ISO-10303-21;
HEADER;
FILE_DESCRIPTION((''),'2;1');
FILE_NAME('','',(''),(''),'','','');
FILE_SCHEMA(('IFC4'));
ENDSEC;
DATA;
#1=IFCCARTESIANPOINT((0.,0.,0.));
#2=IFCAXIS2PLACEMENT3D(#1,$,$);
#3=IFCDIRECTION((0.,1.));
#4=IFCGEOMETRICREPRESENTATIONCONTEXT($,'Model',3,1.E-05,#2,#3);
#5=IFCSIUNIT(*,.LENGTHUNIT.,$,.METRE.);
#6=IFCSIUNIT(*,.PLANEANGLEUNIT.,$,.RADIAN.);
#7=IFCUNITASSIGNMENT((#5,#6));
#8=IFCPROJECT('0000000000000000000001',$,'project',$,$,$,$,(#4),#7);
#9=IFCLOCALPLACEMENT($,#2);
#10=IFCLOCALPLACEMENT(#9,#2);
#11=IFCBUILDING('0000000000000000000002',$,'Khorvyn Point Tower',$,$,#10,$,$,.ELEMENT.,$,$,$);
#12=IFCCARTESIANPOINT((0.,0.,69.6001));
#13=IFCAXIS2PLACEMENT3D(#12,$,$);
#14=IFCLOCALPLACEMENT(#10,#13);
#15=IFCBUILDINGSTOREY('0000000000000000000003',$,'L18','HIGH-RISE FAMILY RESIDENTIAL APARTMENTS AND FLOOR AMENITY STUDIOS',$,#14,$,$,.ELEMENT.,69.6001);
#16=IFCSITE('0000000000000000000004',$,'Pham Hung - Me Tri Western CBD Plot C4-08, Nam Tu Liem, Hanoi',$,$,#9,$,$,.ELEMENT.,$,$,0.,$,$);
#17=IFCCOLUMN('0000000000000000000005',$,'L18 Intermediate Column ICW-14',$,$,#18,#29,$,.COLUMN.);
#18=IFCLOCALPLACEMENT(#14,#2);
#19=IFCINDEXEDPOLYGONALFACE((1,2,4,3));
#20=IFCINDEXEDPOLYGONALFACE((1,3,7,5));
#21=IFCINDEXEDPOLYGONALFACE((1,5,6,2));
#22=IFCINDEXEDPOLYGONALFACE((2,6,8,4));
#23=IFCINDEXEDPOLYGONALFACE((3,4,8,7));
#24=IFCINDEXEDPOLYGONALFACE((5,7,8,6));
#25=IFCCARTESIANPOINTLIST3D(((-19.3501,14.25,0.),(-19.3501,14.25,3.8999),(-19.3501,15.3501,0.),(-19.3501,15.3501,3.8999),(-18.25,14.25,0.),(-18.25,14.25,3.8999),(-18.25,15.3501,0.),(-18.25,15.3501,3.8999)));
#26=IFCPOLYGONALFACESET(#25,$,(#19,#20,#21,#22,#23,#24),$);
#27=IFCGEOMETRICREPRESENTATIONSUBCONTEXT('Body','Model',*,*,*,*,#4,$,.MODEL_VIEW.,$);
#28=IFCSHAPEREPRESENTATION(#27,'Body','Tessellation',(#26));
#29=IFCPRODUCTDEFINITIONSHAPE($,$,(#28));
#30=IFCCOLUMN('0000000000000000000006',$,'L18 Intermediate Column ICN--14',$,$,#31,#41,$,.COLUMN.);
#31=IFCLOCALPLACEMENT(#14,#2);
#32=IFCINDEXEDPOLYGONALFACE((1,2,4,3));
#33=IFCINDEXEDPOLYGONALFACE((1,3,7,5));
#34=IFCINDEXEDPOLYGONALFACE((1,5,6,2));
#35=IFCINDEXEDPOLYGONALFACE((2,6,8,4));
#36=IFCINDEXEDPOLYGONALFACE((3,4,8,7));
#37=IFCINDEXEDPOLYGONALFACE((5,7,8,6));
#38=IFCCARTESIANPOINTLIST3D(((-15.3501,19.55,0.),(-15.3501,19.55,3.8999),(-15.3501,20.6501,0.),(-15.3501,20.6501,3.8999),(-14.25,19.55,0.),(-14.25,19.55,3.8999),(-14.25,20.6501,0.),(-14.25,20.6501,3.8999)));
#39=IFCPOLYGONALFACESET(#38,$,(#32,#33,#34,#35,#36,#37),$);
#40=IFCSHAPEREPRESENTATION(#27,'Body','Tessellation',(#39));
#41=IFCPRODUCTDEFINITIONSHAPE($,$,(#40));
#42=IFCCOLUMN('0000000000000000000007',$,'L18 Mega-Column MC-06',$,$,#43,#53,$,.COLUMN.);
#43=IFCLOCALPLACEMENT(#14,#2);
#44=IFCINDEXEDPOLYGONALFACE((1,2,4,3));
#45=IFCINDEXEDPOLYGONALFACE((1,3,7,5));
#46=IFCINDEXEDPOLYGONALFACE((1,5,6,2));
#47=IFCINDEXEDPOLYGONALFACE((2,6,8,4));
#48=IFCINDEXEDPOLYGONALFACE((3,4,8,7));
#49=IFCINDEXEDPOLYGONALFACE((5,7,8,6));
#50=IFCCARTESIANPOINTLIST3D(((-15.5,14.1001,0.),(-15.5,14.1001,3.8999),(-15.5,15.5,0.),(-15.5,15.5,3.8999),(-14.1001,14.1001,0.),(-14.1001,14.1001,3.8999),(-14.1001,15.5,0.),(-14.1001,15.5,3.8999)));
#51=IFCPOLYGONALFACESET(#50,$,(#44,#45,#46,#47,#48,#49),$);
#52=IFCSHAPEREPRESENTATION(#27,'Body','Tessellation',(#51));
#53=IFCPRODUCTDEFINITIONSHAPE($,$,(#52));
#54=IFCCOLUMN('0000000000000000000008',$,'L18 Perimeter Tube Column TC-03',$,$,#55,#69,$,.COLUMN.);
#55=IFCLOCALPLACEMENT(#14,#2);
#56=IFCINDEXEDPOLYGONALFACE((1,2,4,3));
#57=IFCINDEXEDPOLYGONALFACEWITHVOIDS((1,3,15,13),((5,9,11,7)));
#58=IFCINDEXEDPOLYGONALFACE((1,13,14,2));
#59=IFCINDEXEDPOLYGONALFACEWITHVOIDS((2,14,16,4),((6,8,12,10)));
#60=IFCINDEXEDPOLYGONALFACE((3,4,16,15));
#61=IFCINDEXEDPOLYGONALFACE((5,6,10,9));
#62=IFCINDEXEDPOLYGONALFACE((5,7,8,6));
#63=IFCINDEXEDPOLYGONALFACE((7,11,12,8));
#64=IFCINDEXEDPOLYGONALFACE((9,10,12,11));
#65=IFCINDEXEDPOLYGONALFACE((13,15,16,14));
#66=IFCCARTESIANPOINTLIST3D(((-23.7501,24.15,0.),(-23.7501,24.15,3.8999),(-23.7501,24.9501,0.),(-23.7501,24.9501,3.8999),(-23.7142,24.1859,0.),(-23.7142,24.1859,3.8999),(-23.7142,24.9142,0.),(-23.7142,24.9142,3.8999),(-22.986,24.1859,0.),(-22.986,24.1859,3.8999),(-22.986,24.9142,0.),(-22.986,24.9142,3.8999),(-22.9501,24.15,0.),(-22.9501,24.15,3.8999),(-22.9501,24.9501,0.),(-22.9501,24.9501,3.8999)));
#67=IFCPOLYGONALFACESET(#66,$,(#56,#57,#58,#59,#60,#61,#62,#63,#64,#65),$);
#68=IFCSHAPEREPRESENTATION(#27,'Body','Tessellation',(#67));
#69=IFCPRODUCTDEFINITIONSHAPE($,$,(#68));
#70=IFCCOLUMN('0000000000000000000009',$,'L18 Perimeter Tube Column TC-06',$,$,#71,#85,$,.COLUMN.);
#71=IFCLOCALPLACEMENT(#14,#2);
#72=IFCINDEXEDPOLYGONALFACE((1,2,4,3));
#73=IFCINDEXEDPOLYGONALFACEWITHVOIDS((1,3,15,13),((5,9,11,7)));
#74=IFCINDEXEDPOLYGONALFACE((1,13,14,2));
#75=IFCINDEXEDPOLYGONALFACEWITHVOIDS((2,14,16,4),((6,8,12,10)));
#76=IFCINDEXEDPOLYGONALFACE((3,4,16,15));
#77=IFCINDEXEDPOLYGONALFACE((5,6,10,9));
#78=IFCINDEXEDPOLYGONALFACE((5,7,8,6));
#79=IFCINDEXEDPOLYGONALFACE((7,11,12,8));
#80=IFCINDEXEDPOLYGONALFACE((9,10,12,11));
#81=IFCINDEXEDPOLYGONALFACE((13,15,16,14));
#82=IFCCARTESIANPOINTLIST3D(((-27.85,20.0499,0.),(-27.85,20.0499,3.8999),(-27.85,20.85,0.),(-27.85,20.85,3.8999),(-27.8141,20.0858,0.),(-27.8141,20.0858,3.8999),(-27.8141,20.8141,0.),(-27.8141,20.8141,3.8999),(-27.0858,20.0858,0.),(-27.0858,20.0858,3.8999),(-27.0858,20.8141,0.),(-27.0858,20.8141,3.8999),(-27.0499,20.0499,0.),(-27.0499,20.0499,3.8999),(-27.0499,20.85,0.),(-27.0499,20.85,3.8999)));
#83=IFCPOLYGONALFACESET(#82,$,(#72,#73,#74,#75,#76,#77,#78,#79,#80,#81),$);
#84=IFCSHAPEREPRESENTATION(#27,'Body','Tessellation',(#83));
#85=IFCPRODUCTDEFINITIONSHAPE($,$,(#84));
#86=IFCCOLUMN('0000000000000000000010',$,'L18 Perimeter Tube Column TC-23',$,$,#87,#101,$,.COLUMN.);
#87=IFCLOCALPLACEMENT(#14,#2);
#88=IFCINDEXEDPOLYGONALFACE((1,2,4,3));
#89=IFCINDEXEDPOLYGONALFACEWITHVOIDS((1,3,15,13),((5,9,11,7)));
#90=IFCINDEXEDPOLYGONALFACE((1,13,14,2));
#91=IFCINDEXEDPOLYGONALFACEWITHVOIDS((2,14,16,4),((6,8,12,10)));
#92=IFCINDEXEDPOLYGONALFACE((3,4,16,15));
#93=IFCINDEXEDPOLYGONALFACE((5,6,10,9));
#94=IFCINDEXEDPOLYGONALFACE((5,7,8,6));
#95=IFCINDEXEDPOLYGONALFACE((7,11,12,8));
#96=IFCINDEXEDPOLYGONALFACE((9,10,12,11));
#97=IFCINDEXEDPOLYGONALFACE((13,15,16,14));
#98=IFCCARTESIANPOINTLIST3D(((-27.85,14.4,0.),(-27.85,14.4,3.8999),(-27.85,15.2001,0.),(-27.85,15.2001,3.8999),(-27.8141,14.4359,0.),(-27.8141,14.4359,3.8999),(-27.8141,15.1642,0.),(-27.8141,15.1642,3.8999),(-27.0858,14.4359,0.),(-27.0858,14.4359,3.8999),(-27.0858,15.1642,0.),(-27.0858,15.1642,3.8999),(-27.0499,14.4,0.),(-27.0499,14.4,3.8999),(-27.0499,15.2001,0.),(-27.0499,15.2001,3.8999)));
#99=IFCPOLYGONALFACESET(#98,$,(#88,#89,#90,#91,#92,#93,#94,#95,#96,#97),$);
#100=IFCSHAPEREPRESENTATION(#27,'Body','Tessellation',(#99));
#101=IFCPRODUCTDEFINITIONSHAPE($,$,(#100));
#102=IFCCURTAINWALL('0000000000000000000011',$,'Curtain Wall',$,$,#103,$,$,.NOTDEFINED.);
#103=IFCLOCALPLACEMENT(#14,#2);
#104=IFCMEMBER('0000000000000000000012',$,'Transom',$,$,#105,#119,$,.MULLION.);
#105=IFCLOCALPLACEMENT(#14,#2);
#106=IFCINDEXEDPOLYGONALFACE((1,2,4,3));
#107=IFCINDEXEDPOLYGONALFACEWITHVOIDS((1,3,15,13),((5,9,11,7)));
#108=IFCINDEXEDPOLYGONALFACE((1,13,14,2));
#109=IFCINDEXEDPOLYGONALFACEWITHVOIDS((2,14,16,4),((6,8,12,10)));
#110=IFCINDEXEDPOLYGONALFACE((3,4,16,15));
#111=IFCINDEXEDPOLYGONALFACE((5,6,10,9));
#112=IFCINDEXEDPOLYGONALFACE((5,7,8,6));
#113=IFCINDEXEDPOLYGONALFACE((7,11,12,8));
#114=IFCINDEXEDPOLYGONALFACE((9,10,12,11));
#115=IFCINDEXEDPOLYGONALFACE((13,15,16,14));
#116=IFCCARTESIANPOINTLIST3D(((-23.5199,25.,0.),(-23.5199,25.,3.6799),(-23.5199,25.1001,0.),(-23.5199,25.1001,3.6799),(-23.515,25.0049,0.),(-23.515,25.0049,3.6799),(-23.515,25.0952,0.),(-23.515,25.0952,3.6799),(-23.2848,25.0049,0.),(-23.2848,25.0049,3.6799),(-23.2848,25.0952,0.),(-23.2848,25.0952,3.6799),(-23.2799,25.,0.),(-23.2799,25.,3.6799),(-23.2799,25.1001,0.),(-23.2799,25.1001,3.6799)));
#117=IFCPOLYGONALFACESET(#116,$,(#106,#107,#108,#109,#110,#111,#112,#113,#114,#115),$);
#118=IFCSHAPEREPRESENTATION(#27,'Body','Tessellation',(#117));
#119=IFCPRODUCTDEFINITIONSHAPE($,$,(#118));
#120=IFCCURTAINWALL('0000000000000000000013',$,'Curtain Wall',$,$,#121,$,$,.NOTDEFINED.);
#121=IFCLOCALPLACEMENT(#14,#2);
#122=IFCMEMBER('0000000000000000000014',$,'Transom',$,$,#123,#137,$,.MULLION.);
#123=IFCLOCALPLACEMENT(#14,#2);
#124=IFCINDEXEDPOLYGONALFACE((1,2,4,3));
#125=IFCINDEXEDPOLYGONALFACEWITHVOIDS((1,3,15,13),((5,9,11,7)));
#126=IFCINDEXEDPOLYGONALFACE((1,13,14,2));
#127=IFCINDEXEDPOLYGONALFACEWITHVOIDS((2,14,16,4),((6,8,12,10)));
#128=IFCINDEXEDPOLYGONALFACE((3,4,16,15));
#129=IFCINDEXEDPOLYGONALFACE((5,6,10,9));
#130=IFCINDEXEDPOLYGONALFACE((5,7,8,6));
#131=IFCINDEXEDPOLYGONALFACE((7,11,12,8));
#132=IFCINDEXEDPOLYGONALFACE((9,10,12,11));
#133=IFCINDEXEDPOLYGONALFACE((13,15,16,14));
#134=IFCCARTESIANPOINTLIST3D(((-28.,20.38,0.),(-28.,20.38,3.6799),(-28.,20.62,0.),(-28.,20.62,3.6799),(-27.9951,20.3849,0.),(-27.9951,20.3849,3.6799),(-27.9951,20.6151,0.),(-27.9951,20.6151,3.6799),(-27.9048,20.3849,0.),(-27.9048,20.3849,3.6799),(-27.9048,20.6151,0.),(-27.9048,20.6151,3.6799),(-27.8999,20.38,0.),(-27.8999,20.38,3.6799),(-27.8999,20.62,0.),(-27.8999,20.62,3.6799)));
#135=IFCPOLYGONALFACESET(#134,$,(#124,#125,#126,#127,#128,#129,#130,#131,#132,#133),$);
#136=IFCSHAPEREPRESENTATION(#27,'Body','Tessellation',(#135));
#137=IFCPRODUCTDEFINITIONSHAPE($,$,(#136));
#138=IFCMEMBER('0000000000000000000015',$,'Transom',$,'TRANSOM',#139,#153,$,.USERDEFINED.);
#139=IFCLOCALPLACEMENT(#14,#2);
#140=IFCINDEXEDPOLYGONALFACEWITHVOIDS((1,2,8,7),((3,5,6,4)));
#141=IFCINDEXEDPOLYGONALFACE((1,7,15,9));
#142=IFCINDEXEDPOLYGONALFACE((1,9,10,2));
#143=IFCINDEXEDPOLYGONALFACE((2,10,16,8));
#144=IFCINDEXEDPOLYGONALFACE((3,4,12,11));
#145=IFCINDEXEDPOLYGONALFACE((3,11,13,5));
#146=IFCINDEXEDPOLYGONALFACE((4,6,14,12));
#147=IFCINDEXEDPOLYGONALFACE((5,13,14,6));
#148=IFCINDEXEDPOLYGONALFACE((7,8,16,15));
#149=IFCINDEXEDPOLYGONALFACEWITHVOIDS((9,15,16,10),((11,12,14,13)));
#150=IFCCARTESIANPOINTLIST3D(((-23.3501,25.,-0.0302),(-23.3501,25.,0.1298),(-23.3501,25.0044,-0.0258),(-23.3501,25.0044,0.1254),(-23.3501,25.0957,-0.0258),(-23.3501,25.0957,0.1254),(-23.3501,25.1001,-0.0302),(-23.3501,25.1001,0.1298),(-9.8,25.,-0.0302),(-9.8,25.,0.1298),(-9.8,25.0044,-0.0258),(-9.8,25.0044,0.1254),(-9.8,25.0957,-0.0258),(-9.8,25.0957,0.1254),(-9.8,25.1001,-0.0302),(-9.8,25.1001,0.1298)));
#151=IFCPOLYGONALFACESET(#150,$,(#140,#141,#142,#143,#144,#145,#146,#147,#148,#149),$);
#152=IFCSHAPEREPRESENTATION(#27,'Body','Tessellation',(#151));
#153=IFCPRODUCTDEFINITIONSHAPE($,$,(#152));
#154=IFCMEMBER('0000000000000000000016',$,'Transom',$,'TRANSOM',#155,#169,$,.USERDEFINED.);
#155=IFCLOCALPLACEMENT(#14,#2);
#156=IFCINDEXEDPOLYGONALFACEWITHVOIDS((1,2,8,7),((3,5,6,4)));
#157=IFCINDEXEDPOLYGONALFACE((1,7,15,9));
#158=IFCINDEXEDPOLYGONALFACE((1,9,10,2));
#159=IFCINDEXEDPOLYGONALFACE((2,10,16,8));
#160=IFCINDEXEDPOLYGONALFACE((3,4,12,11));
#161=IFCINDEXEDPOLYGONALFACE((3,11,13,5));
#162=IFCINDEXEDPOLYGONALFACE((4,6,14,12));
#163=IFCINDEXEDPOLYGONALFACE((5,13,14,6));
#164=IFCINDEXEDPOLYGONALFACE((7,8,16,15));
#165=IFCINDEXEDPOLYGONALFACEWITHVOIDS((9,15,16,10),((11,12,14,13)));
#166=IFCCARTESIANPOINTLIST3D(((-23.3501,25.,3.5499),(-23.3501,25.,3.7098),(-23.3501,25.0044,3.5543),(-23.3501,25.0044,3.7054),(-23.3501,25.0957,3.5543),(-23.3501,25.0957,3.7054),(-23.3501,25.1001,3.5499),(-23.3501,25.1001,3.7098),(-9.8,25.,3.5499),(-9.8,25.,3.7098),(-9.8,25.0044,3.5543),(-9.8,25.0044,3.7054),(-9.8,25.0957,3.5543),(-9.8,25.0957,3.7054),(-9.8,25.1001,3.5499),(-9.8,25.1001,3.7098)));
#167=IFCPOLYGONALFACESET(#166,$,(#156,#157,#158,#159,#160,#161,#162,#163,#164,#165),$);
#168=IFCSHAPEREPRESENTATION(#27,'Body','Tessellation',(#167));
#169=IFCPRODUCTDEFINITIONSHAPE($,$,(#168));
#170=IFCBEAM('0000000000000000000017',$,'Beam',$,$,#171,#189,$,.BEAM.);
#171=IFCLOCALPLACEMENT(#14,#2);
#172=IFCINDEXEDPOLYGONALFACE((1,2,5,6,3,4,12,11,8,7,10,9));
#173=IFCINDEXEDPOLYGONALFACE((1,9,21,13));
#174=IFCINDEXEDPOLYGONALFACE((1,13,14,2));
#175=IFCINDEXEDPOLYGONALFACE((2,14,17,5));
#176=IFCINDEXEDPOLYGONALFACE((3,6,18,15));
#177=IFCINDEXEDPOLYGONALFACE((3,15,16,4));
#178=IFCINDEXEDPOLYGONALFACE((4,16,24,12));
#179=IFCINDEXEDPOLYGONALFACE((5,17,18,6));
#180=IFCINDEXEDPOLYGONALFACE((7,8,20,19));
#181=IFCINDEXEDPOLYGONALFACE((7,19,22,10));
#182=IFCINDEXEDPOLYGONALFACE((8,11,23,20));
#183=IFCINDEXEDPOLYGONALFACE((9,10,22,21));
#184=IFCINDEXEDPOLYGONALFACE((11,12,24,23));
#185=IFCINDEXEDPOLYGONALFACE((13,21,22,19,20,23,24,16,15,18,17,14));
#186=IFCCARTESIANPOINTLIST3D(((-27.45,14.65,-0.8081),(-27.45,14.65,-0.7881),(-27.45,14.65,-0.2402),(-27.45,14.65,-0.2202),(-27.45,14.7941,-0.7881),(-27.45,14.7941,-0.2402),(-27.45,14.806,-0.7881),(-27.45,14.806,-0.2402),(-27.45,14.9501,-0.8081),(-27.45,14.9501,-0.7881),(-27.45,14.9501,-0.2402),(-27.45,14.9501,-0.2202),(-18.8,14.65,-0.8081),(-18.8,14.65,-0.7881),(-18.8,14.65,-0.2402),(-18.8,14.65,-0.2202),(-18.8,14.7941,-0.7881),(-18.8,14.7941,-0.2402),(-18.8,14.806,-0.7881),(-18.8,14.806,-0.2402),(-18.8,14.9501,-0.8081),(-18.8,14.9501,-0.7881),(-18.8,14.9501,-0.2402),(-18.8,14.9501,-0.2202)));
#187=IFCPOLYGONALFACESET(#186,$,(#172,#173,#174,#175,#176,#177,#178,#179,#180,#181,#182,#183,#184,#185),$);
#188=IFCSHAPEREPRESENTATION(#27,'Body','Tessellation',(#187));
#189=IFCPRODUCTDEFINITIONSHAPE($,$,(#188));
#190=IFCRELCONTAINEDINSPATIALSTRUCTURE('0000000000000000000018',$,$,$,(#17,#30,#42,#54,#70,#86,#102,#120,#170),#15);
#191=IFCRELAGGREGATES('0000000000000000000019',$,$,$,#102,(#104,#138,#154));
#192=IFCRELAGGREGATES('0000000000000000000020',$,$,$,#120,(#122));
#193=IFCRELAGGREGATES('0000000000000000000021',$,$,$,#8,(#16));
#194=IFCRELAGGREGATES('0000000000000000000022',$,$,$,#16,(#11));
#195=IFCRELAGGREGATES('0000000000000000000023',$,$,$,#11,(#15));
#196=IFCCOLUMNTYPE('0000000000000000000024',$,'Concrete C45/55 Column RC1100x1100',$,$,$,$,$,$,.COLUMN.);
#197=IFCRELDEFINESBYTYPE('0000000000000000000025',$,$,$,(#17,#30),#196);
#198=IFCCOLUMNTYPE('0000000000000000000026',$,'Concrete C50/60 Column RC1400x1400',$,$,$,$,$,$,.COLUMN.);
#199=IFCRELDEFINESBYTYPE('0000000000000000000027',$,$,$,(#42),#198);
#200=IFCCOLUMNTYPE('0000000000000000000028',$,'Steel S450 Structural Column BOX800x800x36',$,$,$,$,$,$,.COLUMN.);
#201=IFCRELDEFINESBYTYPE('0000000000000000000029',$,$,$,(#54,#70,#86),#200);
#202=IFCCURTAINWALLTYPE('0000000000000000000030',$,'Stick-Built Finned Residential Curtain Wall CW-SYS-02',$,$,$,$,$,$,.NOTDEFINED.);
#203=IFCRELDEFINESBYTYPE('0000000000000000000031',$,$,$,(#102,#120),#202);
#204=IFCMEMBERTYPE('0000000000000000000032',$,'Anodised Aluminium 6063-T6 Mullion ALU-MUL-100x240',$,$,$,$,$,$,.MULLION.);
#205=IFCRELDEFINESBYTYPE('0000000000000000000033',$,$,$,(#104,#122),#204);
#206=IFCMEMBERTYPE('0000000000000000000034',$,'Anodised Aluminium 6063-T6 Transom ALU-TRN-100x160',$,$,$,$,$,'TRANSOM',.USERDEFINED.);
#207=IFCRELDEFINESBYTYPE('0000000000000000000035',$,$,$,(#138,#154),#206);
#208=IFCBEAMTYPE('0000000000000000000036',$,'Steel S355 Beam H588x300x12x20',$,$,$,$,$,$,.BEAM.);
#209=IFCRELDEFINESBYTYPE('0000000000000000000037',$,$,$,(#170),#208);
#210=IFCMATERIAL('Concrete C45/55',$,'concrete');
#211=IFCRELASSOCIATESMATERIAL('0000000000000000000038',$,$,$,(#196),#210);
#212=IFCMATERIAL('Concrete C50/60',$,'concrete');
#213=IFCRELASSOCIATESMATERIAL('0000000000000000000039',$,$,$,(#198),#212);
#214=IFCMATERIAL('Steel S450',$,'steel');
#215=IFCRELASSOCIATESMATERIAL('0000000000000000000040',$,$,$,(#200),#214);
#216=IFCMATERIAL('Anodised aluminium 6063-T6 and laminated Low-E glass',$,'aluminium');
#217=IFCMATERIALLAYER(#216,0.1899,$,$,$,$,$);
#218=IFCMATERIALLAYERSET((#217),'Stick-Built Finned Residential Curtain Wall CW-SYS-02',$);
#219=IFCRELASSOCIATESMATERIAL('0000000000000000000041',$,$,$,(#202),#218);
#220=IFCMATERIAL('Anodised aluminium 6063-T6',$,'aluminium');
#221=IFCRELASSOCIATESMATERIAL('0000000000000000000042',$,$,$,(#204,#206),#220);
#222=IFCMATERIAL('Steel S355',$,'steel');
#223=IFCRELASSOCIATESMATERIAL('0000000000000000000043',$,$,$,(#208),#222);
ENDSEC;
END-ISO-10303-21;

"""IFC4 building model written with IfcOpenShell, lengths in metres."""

from ifc_helpers import new_model, si_unit, direction, frame, origin, origin_2d, place, context, subcontext, project, spatial, rectangle, hollow_rectangle, i_section, extrude, material, layer, layer_set, material_profile, profile_set, type_object, element, aggregate, save


model = new_model("IFC4")

# Units and contexts
model_context = context("Model", 3, precision=1e-05, world=origin(), true_north=direction((0.0, 1.0)))
body_context = subcontext(model_context, "Body", "Model", "MODEL_VIEW")
ifc_project = project(units=[si_unit("LENGTHUNIT", "METRE"), si_unit("PLANEANGLEUNIT", "RADIAN")], contexts=[model_context])

# Site, building, storey
site_placement = place(None, origin())
site = spatial("IfcSite", under=ifc_project, at=site_placement, Name="Pham Hung - Me Tri Western CBD Plot C4-08, Nam Tu Liem, Hanoi", CompositionType="ELEMENT", RefElevation=0.0)
building_placement = place(site_placement, origin())
building = spatial("IfcBuilding", under=site, at=building_placement, Name="Khorvyn Point Tower", CompositionType="ELEMENT")
storey_placement = place(building_placement, frame((0.0, 0.0, 69.6001)))
storey = spatial("IfcBuildingStorey", under=building, at=storey_placement, Name="L18", Description="HIGH-RISE FAMILY RESIDENTIAL APARTMENTS AND FLOOR AMENITY STUDIOS", CompositionType="ELEMENT", Elevation=69.6001)

# Columns
ifc_material_1 = material(Name="Concrete C45/55", Category="concrete")
ifc_material_profile_1 = material_profile(ifc_material_1, rectangle(XDim=1.1001, YDim=1.1001, at=origin_2d()))
ifc_profile_set_1 = profile_set([ifc_material_profile_1], Name="Concrete C45/55 RC1100x1100")
column_type_1 = type_object("IfcColumnType", Name="Concrete C45/55 Column RC1100x1100", PredefinedType="COLUMN", material=ifc_profile_set_1)
for number, where, z_axis, x_axis, name in (
    (1, (-18.8, 14.8, 0.0), (0.0, 0.0, 1.0), (1.0, 0.0, 0.0), "L18 Intermediate Column ICW-14"),
    (2, (-14.8, 20.1001, 0.0), (0.0, 0.0, 1.0), (1.0, 0.0, 0.0), "L18 Intermediate Column ICN--14"),
):
    element("IfcColumn", number, at=place(storey_placement, frame(where, z_axis=z_axis, x_axis=x_axis)), inside=storey, type_object=column_type_1, Name=name, PredefinedType="COLUMN", context=body_context, shape_type="SweptSolid", body=[
        extrude(rectangle(XDim=1.1001, YDim=1.1001, at=origin_2d()), origin(), (0.0, 0.0, 1.0), 3.8999),
    ])
ifc_material_2 = material(Name="Concrete C50/60", Category="concrete")
ifc_material_profile_2 = material_profile(ifc_material_2, rectangle(XDim=1.3999, YDim=1.3999, at=origin_2d()))
ifc_profile_set_2 = profile_set([ifc_material_profile_2], Name="Concrete C50/60 RC1400x1400")
column_type_2 = type_object("IfcColumnType", Name="Concrete C50/60 Column RC1400x1400", PredefinedType="COLUMN", material=ifc_profile_set_2)
column_placement = place(storey_placement, frame((-14.8, 14.8, 0.0), z_axis=(0.0, 0.0, 1.0), x_axis=(1.0, 0.0, 0.0)))
element("IfcColumn", 3, at=column_placement, inside=storey, type_object=column_type_2, Name="L18 Mega-Column MC-06", PredefinedType="COLUMN", context=body_context, shape_type="SweptSolid", body=[
    extrude(rectangle(XDim=1.3999, YDim=1.3999, at=origin_2d()), origin(), (0.0, 0.0, 1.0), 3.8999),
])
ifc_material_3 = material(Name="Steel S450", Category="steel")
ifc_material_profile_3 = material_profile(ifc_material_3, hollow_rectangle(XDim=0.8, YDim=0.8, WallThickness=0.0359, at=origin_2d()))
ifc_profile_set_3 = profile_set([ifc_material_profile_3], Name="Steel S450 BOX800x800x36")
column_type_3 = type_object("IfcColumnType", Name="Steel S450 Structural Column BOX800x800x36", PredefinedType="COLUMN", material=ifc_profile_set_3)
for number, where, z_axis, x_axis, name in (
    (4, (-23.3501, 24.55, 0.0), (0.0, 0.0, 1.0), (1.0, 0.0, 0.0), "L18 Perimeter Tube Column TC-03"),
    (5, (-27.45, 20.45, 0.0), (0.0, 0.0, 1.0), (1.0, 0.0, 0.0), "L18 Perimeter Tube Column TC-06"),
    (6, (-27.45, 14.8, 0.0), (0.0, 0.0, 1.0), (1.0, 0.0, 0.0), "L18 Perimeter Tube Column TC-23"),
):
    element("IfcColumn", number, at=place(storey_placement, frame(where, z_axis=z_axis, x_axis=x_axis)), inside=storey, type_object=column_type_3, Name=name, PredefinedType="COLUMN", context=body_context, shape_type="SweptSolid", body=[
        extrude(hollow_rectangle(XDim=0.8, YDim=0.8, WallThickness=0.0359, at=origin_2d()), origin(), (0.0, 0.0, 1.0), 3.8999),
    ])

# Curtain walls, members
ifc_material_4 = material(Name="Anodised aluminium 6063-T6 and laminated Low-E glass", Category="aluminium")
ifc_layer_1 = layer(ifc_material_4, 0.1899)
ifc_layer_set_1 = layer_set([ifc_layer_1], Name="Stick-Built Finned Residential Curtain Wall CW-SYS-02")
curtain_wall_type = type_object("IfcCurtainWallType", Name="Stick-Built Finned Residential Curtain Wall CW-SYS-02", PredefinedType="NOTDEFINED", material=ifc_layer_set_1)
curtain_wall_1_placement = place(storey_placement, origin())
curtain_wall_1 = element("IfcCurtainWall", 7, at=curtain_wall_1_placement, inside=storey, type_object=curtain_wall_type, Name="Curtain Wall", PredefinedType="NOTDEFINED")
ifc_material_5 = material(Name="Anodised aluminium 6063-T6", Category="aluminium")
ifc_material_profile_4 = material_profile(ifc_material_5, hollow_rectangle(XDim=0.1001, YDim=0.24, WallThickness=0.0049, at=origin_2d()))
ifc_profile_set_4 = profile_set([ifc_material_profile_4], Name="Anodised aluminium 6063-T6 ALU-MUL-100x240")
member_type_1 = type_object("IfcMemberType", Name="Anodised Aluminium 6063-T6 Mullion ALU-MUL-100x240", PredefinedType="MULLION", material=ifc_profile_set_4)
member_1_placement = place(storey_placement, frame((-23.3999, 25.05, 0.0), z_axis=(0.0, 0.0, 1.0), x_axis=(0.0, 1.0, 0.0)))
member_1 = element("IfcMember", 8, at=member_1_placement, type_object=member_type_1, Name="Transom", PredefinedType="MULLION", context=body_context, shape_type="SweptSolid", body=[
    extrude(hollow_rectangle(XDim=0.1001, YDim=0.24, WallThickness=0.0049, at=origin_2d()), origin(), (0.0, 0.0, 1.0), 3.6799),
])
curtain_wall_2_placement = place(storey_placement, origin())
curtain_wall_2 = element("IfcCurtainWall", 9, at=curtain_wall_2_placement, inside=storey, type_object=curtain_wall_type, Name="Curtain Wall", PredefinedType="NOTDEFINED")
member_2_placement = place(storey_placement, frame((-27.95, 20.5, 0.0), z_axis=(0.0, 0.0, 1.0), x_axis=(-1.0, 0.0, 0.0)))
member_2 = element("IfcMember", 10, at=member_2_placement, type_object=member_type_1, Name="Transom", PredefinedType="MULLION", context=body_context, shape_type="SweptSolid", body=[
    extrude(hollow_rectangle(XDim=0.1001, YDim=0.24, WallThickness=0.0049, at=origin_2d()), origin(), (0.0, 0.0, 1.0), 3.6799),
])

# Members
ifc_material_profile_5 = material_profile(ifc_material_5, hollow_rectangle(XDim=0.1001, YDim=0.1599, WallThickness=0.0044, at=origin_2d()))
ifc_profile_set_5 = profile_set([ifc_material_profile_5], Name="Anodised aluminium 6063-T6 ALU-TRN-100x160")
member_type_2 = type_object("IfcMemberType", Name="Anodised Aluminium 6063-T6 Transom ALU-TRN-100x160", ElementType="TRANSOM", PredefinedType="USERDEFINED", material=ifc_profile_set_5)
member_3_placement = place(storey_placement, frame((-23.3501, 25.05, 0.0498), z_axis=(1.0, 0.0, 0.0), x_axis=(0.0, 1.0, 0.0)))
member_3 = element("IfcMember", 11, at=member_3_placement, type_object=member_type_2, Name="Transom", ObjectType="TRANSOM", PredefinedType="USERDEFINED", context=body_context, shape_type="SweptSolid", body=[
    extrude(hollow_rectangle(XDim=0.1001, YDim=0.1599, WallThickness=0.0044, at=origin_2d()), origin(), (0.0, 0.0, 1.0), 13.55),
])
member_4_placement = place(storey_placement, frame((-23.3501, 25.05, 3.6299), z_axis=(1.0, 0.0, 0.0), x_axis=(0.0, 1.0, 0.0)))
member_4 = element("IfcMember", 12, at=member_4_placement, type_object=member_type_2, Name="Transom", ObjectType="TRANSOM", PredefinedType="USERDEFINED", context=body_context, shape_type="SweptSolid", body=[
    extrude(hollow_rectangle(XDim=0.1001, YDim=0.1599, WallThickness=0.0044, at=origin_2d()), origin(), (0.0, 0.0, 1.0), 13.55),
])

# Beam
ifc_material_6 = material(Name="Steel S355", Category="steel")
ifc_material_profile_6 = material_profile(ifc_material_6, i_section(OverallWidth=0.3, OverallDepth=0.5879, WebThickness=0.012, FlangeThickness=0.02, at=origin_2d()))
ifc_profile_set_6 = profile_set([ifc_material_profile_6], Name="Steel S355 H588x300x12x20")
beam_type_1 = type_object("IfcBeamType", Name="Steel S355 Beam H588x300x12x20", PredefinedType="BEAM", material=ifc_profile_set_6)
beam_1_placement = place(storey_placement, frame((-27.45, 14.8, -0.5142), z_axis=(1.0, 0.0, 0.0), x_axis=(0.0, 1.0, 0.0)))
element("IfcBeam", 13, at=beam_1_placement, inside=storey, type_object=beam_type_1, Name="Beam", PredefinedType="BEAM", context=body_context, shape_type="SweptSolid", body=[
    extrude(i_section(OverallWidth=0.3, OverallDepth=0.5879, WebThickness=0.012, FlangeThickness=0.02, at=origin_2d()), origin(), (0.0, 0.0, 1.0), 8.6499),
])

aggregate(curtain_wall_1, [member_1, member_3, member_4])
aggregate(curtain_wall_2, [member_2])

save(model, "model.ifc")
